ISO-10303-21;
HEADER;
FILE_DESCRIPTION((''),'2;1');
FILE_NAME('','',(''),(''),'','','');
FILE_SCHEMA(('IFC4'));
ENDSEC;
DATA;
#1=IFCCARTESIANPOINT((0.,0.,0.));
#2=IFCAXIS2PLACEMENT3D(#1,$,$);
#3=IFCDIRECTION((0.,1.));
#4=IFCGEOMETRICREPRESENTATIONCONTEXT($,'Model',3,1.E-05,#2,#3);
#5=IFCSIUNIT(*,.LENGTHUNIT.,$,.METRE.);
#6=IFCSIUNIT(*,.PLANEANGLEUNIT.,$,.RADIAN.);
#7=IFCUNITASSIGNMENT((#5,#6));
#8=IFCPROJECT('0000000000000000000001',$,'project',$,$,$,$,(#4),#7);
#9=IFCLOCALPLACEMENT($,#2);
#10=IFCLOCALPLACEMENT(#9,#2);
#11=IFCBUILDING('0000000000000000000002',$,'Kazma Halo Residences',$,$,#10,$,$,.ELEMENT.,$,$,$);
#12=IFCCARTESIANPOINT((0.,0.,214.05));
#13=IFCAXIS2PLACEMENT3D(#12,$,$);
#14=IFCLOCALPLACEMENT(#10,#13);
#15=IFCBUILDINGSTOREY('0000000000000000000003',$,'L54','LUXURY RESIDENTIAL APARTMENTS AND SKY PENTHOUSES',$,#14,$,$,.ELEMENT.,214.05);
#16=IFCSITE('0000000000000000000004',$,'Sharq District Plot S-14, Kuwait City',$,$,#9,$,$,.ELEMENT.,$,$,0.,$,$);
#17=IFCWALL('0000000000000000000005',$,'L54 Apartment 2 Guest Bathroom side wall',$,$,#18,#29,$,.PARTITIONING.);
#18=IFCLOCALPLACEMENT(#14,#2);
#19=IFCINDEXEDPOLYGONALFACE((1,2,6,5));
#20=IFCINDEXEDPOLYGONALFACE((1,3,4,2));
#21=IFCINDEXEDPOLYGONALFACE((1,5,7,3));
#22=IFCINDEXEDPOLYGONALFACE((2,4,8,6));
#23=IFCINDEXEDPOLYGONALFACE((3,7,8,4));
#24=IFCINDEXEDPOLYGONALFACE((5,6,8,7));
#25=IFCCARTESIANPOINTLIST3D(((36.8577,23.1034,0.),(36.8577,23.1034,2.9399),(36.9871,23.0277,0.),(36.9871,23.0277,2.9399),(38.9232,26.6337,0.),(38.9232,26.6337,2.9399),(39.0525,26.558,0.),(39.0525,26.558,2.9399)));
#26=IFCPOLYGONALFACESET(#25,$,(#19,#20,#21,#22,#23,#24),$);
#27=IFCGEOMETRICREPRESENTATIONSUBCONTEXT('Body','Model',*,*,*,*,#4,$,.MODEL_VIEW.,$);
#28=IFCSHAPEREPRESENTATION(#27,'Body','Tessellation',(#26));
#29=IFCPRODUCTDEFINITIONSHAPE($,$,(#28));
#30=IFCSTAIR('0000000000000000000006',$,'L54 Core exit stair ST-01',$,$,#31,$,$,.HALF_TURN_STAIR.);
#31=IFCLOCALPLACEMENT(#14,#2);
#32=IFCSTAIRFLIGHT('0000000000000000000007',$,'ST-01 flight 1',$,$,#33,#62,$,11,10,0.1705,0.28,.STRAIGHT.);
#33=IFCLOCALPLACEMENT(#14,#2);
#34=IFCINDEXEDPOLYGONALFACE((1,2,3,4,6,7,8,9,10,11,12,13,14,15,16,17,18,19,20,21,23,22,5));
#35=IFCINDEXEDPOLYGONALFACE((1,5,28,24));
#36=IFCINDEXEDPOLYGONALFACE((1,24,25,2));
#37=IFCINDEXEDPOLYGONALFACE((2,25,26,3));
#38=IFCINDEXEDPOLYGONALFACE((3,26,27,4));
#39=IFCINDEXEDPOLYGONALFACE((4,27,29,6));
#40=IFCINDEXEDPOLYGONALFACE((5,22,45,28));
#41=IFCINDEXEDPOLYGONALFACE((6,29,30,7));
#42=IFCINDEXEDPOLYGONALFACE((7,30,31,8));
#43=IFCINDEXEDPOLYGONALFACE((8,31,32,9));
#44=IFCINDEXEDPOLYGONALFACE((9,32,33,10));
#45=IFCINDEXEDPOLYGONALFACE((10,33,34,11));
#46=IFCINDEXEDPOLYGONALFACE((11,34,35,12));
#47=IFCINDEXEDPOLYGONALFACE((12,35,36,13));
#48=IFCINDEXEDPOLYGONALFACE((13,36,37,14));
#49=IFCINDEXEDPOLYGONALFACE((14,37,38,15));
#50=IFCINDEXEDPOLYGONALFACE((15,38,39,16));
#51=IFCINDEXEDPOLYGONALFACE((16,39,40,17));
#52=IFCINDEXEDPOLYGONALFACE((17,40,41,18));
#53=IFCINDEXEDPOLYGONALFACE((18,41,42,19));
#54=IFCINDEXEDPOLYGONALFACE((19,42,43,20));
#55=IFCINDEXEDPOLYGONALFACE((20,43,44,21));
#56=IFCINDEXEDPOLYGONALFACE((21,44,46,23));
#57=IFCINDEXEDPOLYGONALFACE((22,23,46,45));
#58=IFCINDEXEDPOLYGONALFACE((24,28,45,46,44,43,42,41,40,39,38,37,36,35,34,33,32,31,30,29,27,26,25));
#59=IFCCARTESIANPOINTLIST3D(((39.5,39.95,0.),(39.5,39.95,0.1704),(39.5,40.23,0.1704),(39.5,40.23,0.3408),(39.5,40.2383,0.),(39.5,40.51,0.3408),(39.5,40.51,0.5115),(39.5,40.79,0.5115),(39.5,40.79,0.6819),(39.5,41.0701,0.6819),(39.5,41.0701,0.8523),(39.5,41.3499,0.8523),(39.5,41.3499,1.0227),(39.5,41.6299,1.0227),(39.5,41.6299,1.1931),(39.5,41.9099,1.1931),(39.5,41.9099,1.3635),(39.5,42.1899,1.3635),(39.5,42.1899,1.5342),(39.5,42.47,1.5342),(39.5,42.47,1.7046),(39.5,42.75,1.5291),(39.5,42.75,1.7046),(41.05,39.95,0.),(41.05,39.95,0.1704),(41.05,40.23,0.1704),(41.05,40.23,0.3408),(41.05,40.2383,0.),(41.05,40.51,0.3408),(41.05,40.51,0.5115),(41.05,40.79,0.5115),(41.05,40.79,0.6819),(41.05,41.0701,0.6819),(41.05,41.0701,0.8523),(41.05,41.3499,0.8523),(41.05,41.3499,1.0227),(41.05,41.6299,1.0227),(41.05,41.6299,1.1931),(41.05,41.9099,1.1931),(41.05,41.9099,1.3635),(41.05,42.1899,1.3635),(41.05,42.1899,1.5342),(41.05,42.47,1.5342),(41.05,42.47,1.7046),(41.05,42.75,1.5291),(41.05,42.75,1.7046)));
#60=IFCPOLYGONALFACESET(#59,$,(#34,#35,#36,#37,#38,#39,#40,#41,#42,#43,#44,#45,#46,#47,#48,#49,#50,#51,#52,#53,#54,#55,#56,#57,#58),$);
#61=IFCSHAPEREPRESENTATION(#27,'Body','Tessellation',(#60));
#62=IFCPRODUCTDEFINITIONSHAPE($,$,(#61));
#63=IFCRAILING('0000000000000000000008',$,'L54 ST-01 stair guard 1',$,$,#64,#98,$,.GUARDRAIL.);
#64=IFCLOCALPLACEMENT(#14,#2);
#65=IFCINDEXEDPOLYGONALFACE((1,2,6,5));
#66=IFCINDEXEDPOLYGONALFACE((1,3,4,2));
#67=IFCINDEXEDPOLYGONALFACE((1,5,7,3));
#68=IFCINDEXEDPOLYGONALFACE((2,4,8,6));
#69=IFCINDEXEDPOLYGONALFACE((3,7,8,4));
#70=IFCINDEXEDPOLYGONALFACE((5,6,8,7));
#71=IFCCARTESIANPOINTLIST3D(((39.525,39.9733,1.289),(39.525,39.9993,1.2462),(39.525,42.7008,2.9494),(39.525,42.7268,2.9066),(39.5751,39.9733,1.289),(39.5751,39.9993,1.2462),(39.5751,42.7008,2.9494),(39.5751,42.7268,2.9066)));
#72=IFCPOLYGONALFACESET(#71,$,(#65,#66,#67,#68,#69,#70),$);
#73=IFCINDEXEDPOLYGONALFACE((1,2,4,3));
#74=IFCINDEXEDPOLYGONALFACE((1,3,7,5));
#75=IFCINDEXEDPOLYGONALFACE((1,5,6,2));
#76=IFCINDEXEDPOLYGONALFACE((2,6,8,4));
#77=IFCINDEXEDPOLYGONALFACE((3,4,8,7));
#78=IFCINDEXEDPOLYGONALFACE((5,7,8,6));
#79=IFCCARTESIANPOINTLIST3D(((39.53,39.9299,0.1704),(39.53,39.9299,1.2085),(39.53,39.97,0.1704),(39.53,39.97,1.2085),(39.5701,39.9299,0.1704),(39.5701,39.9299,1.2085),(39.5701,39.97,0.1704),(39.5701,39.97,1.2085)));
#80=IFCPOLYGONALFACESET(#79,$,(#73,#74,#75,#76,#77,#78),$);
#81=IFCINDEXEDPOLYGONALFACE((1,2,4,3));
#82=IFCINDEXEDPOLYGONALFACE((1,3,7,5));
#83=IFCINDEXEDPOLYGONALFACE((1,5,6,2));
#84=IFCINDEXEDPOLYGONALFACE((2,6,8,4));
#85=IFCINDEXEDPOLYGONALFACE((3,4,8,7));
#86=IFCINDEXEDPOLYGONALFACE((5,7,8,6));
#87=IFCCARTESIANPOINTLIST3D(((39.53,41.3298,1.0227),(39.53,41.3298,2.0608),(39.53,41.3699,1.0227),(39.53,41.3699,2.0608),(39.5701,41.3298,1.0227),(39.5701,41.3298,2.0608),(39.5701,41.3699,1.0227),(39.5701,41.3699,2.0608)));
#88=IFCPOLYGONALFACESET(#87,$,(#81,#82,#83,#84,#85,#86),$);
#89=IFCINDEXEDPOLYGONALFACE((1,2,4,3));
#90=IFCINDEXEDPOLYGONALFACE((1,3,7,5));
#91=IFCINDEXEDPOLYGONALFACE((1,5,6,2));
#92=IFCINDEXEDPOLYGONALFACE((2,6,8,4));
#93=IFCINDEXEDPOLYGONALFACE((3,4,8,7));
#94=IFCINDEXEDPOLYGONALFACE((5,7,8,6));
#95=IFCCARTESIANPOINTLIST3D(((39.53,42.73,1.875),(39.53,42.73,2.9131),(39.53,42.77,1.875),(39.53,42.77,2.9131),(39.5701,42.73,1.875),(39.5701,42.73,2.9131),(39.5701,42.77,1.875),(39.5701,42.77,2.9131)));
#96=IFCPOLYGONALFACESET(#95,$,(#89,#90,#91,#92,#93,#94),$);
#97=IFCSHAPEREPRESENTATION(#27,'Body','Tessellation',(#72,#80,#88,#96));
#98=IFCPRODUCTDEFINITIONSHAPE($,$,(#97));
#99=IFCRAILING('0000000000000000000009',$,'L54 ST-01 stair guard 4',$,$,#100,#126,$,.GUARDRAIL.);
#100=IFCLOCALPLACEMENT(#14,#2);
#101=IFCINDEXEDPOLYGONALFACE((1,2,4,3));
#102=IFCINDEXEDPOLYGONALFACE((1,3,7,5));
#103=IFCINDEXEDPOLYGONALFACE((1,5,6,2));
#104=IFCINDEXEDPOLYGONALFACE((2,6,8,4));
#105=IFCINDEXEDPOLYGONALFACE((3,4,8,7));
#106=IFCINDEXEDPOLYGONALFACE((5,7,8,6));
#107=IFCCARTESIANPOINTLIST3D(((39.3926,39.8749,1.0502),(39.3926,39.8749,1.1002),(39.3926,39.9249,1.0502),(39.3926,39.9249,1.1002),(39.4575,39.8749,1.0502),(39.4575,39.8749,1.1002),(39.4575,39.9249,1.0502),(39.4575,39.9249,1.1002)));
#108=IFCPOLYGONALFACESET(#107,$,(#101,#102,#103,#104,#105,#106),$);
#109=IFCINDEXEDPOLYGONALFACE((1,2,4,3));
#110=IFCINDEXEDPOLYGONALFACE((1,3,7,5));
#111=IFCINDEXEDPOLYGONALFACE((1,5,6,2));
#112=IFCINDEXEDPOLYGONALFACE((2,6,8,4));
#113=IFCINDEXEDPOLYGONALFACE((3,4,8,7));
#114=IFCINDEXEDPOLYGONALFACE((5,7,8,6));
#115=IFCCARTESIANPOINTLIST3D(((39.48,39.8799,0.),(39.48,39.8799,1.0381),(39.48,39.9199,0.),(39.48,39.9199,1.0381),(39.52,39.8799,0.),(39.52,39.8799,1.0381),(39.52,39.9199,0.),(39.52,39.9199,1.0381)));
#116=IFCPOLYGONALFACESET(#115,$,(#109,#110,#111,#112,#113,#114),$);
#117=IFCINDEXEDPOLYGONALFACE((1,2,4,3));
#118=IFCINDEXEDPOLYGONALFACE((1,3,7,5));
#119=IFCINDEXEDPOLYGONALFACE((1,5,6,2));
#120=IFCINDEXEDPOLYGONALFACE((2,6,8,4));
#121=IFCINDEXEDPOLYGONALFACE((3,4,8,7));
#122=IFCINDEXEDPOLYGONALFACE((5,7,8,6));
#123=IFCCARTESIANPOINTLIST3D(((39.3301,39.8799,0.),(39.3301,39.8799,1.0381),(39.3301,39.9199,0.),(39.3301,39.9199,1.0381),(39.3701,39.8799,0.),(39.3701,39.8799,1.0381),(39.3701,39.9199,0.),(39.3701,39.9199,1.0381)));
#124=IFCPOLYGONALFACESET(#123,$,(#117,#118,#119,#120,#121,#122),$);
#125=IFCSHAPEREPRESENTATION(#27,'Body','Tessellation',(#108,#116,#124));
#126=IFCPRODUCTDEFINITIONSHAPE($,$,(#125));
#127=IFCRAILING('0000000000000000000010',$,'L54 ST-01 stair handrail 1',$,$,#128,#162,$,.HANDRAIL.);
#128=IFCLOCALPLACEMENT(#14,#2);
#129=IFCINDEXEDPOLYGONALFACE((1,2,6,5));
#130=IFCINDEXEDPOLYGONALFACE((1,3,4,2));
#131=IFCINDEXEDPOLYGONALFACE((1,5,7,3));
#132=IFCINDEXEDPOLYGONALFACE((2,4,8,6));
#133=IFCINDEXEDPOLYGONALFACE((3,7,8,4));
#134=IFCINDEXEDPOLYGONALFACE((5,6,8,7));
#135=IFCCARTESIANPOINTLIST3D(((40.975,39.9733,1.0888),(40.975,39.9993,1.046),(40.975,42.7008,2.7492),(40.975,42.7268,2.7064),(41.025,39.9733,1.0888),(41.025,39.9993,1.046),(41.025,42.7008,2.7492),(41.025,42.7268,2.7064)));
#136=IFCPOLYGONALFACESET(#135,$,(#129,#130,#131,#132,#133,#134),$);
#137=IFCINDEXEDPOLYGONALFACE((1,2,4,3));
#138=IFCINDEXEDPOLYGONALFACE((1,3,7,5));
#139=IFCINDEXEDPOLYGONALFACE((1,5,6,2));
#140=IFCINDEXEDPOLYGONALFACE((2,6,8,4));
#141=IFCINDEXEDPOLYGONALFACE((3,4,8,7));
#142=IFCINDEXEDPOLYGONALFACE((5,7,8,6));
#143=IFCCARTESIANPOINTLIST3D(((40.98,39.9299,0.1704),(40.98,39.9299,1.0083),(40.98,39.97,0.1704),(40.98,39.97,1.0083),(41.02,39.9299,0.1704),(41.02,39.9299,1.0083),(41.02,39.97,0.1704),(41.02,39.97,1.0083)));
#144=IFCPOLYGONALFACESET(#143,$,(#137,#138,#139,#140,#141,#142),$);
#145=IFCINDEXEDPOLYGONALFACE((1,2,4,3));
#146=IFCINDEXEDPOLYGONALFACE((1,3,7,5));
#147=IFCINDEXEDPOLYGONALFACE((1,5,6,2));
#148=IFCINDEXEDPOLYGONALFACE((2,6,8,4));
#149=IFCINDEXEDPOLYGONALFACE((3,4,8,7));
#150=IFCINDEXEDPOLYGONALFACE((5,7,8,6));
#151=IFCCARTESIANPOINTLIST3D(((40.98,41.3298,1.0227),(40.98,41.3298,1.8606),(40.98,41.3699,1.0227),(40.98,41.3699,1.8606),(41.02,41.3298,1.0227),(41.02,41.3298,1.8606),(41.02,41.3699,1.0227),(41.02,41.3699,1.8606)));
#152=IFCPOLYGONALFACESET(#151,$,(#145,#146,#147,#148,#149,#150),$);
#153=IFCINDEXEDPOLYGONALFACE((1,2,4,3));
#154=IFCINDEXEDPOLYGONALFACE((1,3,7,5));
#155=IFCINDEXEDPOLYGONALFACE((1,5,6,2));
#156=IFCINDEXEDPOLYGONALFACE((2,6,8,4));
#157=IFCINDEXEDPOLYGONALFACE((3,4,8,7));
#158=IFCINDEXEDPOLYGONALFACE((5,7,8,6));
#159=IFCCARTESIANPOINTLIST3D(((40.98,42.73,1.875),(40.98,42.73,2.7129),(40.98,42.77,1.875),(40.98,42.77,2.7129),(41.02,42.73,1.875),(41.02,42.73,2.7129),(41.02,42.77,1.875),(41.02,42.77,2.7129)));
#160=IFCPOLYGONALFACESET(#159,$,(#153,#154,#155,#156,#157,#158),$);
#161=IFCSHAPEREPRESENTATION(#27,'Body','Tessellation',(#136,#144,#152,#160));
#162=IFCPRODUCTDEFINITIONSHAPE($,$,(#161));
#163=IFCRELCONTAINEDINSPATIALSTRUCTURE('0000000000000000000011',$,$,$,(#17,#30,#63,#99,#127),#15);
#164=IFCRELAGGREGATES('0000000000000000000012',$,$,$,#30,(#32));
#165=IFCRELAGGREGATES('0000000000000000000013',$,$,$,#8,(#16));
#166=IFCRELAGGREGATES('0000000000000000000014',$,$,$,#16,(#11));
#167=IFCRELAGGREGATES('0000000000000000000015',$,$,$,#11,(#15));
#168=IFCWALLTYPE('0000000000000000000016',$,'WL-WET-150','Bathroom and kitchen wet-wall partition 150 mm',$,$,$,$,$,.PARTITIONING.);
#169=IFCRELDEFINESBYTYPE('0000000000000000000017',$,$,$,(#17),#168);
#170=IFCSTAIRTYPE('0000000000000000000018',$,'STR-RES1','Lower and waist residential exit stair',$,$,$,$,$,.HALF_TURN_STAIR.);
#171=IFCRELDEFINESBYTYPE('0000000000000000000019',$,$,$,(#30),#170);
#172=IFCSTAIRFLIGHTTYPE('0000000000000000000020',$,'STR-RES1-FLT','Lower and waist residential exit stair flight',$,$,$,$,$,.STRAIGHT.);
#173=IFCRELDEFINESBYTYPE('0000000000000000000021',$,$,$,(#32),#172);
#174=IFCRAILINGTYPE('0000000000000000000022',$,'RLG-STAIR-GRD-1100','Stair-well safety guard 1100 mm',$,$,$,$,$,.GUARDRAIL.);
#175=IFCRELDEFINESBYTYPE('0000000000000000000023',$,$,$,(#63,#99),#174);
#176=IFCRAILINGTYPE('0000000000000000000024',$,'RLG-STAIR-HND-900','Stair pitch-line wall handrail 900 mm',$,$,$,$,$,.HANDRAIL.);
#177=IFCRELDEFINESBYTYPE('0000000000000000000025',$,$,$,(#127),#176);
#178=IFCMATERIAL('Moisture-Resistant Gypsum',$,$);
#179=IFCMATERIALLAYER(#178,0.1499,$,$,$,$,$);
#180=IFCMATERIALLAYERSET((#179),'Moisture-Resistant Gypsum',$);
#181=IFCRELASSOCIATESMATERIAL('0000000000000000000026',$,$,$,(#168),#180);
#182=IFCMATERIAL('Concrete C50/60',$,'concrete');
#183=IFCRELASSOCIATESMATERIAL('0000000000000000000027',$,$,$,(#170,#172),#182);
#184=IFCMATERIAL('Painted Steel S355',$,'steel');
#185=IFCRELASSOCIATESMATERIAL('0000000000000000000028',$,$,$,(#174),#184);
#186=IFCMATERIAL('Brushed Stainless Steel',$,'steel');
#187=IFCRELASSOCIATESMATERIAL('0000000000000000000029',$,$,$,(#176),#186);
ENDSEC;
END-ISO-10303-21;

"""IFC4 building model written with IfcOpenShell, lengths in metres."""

from ifc_helpers import new_model, si_unit, direction, frame, frame_2d, origin, origin_2d, place, context, subcontext, project, spatial, polyline, rectangle, outline, extrude, material, layer, layer_set, type_object, element, aggregate, save


model = new_model("IFC4")

# Units and contexts
model_context = context("Model", 3, precision=1e-05, world=origin(), true_north=direction((0.0, 1.0)))
body_context = subcontext(model_context, "Body", "Model", "MODEL_VIEW")
ifc_project = project(units=[si_unit("LENGTHUNIT", "METRE"), si_unit("PLANEANGLEUNIT", "RADIAN")], contexts=[model_context])

# Site, building, storey
site_placement = place(None, origin())
site = spatial("IfcSite", under=ifc_project, at=site_placement, Name="Sharq District Plot S-14, Kuwait City", CompositionType="ELEMENT", RefElevation=0.0)
building_placement = place(site_placement, origin())
building = spatial("IfcBuilding", under=site, at=building_placement, Name="Kazma Halo Residences", CompositionType="ELEMENT")
storey_placement = place(building_placement, frame((0.0, 0.0, 214.05)))
storey = spatial("IfcBuildingStorey", under=building, at=storey_placement, Name="L54", Description="LUXURY RESIDENTIAL APARTMENTS AND SKY PENTHOUSES", CompositionType="ELEMENT", Elevation=214.05)

# Shared definitions
ifc_material_1 = material(Name="Concrete C50/60", Category="concrete")
ifc_material_2 = material(Name="Moisture-Resistant Gypsum")
ifc_layer_1 = layer(ifc_material_2, 0.1499)
ifc_layer_set_1 = layer_set([ifc_layer_1], Name="Moisture-Resistant Gypsum")
wall_type_1 = type_object("IfcWallType", Name="WL-WET-150", Description="Bathroom and kitchen wet-wall partition 150 mm", PredefinedType="PARTITIONING", material=ifc_layer_set_1)

# Wall
wall_1_placement = place(storey_placement, frame((38.9878, 26.5957, 0.0), z_axis=(0.0, 0.0, 1.0), x_axis=(-0.504984, -0.863129, 0.0)))
element("IfcWall", 1, at=wall_1_placement, inside=storey, type_object=wall_type_1, Name="L54 Apartment 2 Guest Bathroom side wall", PredefinedType="PARTITIONING", context=body_context, shape_type="SweptSolid", body=[
    extrude(rectangle(XDim=4.0901, YDim=0.1499, at=frame_2d((2.0449, 0.0))), origin(), (0.0, 0.0, 1.0), 2.9399),
])

# Stair, stair flight
stair_type = type_object("IfcStairType", Name="STR-RES1", Description="Lower and waist residential exit stair", PredefinedType="HALF_TURN_STAIR", material=ifc_material_1)
stair_placement = place(storey_placement, origin())
stair = element("IfcStair", 2, at=stair_placement, inside=storey, type_object=stair_type, Name="L54 Core exit stair ST-01", PredefinedType="HALF_TURN_STAIR")
stair_flight_type = type_object("IfcStairFlightType", Name="STR-RES1-FLT", Description="Lower and waist residential exit stair flight", PredefinedType="STRAIGHT", material=ifc_material_1)
stair_flight_placement = place(storey_placement, frame((40.2749, 39.95, 0.0), z_axis=(0.0, 0.0, 1.0), x_axis=(0.0, 1.0, 0.0)))
stair_flight = element("IfcStairFlight", 3, at=stair_flight_placement, type_object=stair_flight_type, Name="ST-01 flight 1", NumberOfRisers=11, NumberOfTreads=10, PredefinedType="STRAIGHT", RiserHeight=0.1705, TreadLength=0.28, context=body_context, shape_type="SweptSolid", body=[
    extrude(outline(polyline([(0.0, 0.0), (0.0, 0.1704), (0.28, 0.1704), (0.28, 0.3408), (0.5601, 0.3408), (0.5601, 0.5115), (0.8401, 0.5115), (0.8401, 0.6819), (1.1201, 0.6819), (1.1201, 0.8523), (1.3999, 0.8523), (1.3999, 1.0227), (1.6799, 1.0227), (1.6799, 1.1931), (1.96, 1.1931), (1.96, 1.3635), (2.24, 1.3635), (2.24, 1.5342), (2.52, 1.5342), (2.52, 1.7046), (2.8, 1.7046), (2.8, 1.875), (2.8, 1.5291), (0.2883, 0.0), (0.0, 0.0)])), frame((0.0, 0.7749, 0.0), z_axis=(0.0, -1.0, 0.0), x_axis=(1.0, 0.0, 0.0)), (0.0, 0.0, 1.0), 1.55),
])
aggregate(stair, [stair_flight])

# Railings
ifc_material_3 = material(Name="Painted Steel S355", Category="steel")
railing_type_1 = type_object("IfcRailingType", Name="RLG-STAIR-GRD-1100", Description="Stair-well safety guard 1100 mm", PredefinedType="GUARDRAIL", material=ifc_material_3)
railing_1_placement = place(storey_placement, frame((39.55, 39.95, 0.1704)))
element("IfcRailing", 4, at=railing_1_placement, inside=storey, type_object=railing_type_1, Name="L54 ST-01 stair guard 1", PredefinedType="GUARDRAIL", context=body_context, shape_type="SweptSolid", body=[
    extrude(rectangle(XDim=0.05, YDim=0.05, at=origin_2d()), frame((0.0, 0.0364, 1.0972), z_axis=(0.0, 0.85417, 0.519994), x_axis=(-1.0, 0.0, 0.0)), (0.0, 0.0, 1.0), 3.1931),
    extrude(rectangle(XDim=0.04, YDim=0.04, at=origin_2d()), origin(), (0.0, 0.0, 1.0), 1.0381),
    extrude(rectangle(XDim=0.04, YDim=0.04, at=origin_2d()), frame((0.0, 1.3999, 0.8523)), (0.0, 0.0, 1.0), 1.0381),
    extrude(rectangle(XDim=0.04, YDim=0.04, at=origin_2d()), frame((0.0, 2.8, 1.7046)), (0.0, 0.0, 1.0), 1.0381),
])
railing_2_placement = place(storey_placement, frame((39.5, 39.8999, 0.0)))
element("IfcRailing", 5, at=railing_2_placement, inside=storey, type_object=railing_type_1, Name="L54 ST-01 stair guard 4", PredefinedType="GUARDRAIL", context=body_context, shape_type="SweptSolid", body=[
    extrude(rectangle(XDim=0.05, YDim=0.05, at=origin_2d()), frame((-0.0425, 0.0, 1.0752), z_axis=(-1.0, 0.0, 0.0), x_axis=(0.0, -1.0, 0.0)), (0.0, 0.0, 1.0), 0.0649),
    extrude(rectangle(XDim=0.04, YDim=0.04, at=origin_2d()), origin(), (0.0, 0.0, 1.0), 1.0381),
    extrude(rectangle(XDim=0.04, YDim=0.04, at=origin_2d()), frame((-0.1499, 0.0, 0.0)), (0.0, 0.0, 1.0), 1.0381),
])
ifc_material_4 = material(Name="Brushed Stainless Steel", Category="steel")
railing_type_2 = type_object("IfcRailingType", Name="RLG-STAIR-HND-900", Description="Stair pitch-line wall handrail 900 mm", PredefinedType="HANDRAIL", material=ifc_material_4)
railing_3_placement = place(storey_placement, frame((41.0, 39.95, 0.1704)))
element("IfcRailing", 6, at=railing_3_placement, inside=storey, type_object=railing_type_2, Name="L54 ST-01 stair handrail 1", PredefinedType="HANDRAIL", context=body_context, shape_type="SweptSolid", body=[
    extrude(rectangle(XDim=0.05, YDim=0.05, at=origin_2d()), frame((0.0, 0.0364, 0.897), z_axis=(0.0, 0.85417, 0.519994), x_axis=(-1.0, 0.0, 0.0)), (0.0, 0.0, 1.0), 3.1931),
    extrude(rectangle(XDim=0.04, YDim=0.04, at=origin_2d()), origin(), (0.0, 0.0, 1.0), 0.8379),
    extrude(rectangle(XDim=0.04, YDim=0.04, at=origin_2d()), frame((0.0, 1.3999, 0.8523)), (0.0, 0.0, 1.0), 0.8379),
    extrude(rectangle(XDim=0.04, YDim=0.04, at=origin_2d()), frame((0.0, 2.8, 1.7046)), (0.0, 0.0, 1.0), 0.8379),
])

save(model, "model.ifc")
